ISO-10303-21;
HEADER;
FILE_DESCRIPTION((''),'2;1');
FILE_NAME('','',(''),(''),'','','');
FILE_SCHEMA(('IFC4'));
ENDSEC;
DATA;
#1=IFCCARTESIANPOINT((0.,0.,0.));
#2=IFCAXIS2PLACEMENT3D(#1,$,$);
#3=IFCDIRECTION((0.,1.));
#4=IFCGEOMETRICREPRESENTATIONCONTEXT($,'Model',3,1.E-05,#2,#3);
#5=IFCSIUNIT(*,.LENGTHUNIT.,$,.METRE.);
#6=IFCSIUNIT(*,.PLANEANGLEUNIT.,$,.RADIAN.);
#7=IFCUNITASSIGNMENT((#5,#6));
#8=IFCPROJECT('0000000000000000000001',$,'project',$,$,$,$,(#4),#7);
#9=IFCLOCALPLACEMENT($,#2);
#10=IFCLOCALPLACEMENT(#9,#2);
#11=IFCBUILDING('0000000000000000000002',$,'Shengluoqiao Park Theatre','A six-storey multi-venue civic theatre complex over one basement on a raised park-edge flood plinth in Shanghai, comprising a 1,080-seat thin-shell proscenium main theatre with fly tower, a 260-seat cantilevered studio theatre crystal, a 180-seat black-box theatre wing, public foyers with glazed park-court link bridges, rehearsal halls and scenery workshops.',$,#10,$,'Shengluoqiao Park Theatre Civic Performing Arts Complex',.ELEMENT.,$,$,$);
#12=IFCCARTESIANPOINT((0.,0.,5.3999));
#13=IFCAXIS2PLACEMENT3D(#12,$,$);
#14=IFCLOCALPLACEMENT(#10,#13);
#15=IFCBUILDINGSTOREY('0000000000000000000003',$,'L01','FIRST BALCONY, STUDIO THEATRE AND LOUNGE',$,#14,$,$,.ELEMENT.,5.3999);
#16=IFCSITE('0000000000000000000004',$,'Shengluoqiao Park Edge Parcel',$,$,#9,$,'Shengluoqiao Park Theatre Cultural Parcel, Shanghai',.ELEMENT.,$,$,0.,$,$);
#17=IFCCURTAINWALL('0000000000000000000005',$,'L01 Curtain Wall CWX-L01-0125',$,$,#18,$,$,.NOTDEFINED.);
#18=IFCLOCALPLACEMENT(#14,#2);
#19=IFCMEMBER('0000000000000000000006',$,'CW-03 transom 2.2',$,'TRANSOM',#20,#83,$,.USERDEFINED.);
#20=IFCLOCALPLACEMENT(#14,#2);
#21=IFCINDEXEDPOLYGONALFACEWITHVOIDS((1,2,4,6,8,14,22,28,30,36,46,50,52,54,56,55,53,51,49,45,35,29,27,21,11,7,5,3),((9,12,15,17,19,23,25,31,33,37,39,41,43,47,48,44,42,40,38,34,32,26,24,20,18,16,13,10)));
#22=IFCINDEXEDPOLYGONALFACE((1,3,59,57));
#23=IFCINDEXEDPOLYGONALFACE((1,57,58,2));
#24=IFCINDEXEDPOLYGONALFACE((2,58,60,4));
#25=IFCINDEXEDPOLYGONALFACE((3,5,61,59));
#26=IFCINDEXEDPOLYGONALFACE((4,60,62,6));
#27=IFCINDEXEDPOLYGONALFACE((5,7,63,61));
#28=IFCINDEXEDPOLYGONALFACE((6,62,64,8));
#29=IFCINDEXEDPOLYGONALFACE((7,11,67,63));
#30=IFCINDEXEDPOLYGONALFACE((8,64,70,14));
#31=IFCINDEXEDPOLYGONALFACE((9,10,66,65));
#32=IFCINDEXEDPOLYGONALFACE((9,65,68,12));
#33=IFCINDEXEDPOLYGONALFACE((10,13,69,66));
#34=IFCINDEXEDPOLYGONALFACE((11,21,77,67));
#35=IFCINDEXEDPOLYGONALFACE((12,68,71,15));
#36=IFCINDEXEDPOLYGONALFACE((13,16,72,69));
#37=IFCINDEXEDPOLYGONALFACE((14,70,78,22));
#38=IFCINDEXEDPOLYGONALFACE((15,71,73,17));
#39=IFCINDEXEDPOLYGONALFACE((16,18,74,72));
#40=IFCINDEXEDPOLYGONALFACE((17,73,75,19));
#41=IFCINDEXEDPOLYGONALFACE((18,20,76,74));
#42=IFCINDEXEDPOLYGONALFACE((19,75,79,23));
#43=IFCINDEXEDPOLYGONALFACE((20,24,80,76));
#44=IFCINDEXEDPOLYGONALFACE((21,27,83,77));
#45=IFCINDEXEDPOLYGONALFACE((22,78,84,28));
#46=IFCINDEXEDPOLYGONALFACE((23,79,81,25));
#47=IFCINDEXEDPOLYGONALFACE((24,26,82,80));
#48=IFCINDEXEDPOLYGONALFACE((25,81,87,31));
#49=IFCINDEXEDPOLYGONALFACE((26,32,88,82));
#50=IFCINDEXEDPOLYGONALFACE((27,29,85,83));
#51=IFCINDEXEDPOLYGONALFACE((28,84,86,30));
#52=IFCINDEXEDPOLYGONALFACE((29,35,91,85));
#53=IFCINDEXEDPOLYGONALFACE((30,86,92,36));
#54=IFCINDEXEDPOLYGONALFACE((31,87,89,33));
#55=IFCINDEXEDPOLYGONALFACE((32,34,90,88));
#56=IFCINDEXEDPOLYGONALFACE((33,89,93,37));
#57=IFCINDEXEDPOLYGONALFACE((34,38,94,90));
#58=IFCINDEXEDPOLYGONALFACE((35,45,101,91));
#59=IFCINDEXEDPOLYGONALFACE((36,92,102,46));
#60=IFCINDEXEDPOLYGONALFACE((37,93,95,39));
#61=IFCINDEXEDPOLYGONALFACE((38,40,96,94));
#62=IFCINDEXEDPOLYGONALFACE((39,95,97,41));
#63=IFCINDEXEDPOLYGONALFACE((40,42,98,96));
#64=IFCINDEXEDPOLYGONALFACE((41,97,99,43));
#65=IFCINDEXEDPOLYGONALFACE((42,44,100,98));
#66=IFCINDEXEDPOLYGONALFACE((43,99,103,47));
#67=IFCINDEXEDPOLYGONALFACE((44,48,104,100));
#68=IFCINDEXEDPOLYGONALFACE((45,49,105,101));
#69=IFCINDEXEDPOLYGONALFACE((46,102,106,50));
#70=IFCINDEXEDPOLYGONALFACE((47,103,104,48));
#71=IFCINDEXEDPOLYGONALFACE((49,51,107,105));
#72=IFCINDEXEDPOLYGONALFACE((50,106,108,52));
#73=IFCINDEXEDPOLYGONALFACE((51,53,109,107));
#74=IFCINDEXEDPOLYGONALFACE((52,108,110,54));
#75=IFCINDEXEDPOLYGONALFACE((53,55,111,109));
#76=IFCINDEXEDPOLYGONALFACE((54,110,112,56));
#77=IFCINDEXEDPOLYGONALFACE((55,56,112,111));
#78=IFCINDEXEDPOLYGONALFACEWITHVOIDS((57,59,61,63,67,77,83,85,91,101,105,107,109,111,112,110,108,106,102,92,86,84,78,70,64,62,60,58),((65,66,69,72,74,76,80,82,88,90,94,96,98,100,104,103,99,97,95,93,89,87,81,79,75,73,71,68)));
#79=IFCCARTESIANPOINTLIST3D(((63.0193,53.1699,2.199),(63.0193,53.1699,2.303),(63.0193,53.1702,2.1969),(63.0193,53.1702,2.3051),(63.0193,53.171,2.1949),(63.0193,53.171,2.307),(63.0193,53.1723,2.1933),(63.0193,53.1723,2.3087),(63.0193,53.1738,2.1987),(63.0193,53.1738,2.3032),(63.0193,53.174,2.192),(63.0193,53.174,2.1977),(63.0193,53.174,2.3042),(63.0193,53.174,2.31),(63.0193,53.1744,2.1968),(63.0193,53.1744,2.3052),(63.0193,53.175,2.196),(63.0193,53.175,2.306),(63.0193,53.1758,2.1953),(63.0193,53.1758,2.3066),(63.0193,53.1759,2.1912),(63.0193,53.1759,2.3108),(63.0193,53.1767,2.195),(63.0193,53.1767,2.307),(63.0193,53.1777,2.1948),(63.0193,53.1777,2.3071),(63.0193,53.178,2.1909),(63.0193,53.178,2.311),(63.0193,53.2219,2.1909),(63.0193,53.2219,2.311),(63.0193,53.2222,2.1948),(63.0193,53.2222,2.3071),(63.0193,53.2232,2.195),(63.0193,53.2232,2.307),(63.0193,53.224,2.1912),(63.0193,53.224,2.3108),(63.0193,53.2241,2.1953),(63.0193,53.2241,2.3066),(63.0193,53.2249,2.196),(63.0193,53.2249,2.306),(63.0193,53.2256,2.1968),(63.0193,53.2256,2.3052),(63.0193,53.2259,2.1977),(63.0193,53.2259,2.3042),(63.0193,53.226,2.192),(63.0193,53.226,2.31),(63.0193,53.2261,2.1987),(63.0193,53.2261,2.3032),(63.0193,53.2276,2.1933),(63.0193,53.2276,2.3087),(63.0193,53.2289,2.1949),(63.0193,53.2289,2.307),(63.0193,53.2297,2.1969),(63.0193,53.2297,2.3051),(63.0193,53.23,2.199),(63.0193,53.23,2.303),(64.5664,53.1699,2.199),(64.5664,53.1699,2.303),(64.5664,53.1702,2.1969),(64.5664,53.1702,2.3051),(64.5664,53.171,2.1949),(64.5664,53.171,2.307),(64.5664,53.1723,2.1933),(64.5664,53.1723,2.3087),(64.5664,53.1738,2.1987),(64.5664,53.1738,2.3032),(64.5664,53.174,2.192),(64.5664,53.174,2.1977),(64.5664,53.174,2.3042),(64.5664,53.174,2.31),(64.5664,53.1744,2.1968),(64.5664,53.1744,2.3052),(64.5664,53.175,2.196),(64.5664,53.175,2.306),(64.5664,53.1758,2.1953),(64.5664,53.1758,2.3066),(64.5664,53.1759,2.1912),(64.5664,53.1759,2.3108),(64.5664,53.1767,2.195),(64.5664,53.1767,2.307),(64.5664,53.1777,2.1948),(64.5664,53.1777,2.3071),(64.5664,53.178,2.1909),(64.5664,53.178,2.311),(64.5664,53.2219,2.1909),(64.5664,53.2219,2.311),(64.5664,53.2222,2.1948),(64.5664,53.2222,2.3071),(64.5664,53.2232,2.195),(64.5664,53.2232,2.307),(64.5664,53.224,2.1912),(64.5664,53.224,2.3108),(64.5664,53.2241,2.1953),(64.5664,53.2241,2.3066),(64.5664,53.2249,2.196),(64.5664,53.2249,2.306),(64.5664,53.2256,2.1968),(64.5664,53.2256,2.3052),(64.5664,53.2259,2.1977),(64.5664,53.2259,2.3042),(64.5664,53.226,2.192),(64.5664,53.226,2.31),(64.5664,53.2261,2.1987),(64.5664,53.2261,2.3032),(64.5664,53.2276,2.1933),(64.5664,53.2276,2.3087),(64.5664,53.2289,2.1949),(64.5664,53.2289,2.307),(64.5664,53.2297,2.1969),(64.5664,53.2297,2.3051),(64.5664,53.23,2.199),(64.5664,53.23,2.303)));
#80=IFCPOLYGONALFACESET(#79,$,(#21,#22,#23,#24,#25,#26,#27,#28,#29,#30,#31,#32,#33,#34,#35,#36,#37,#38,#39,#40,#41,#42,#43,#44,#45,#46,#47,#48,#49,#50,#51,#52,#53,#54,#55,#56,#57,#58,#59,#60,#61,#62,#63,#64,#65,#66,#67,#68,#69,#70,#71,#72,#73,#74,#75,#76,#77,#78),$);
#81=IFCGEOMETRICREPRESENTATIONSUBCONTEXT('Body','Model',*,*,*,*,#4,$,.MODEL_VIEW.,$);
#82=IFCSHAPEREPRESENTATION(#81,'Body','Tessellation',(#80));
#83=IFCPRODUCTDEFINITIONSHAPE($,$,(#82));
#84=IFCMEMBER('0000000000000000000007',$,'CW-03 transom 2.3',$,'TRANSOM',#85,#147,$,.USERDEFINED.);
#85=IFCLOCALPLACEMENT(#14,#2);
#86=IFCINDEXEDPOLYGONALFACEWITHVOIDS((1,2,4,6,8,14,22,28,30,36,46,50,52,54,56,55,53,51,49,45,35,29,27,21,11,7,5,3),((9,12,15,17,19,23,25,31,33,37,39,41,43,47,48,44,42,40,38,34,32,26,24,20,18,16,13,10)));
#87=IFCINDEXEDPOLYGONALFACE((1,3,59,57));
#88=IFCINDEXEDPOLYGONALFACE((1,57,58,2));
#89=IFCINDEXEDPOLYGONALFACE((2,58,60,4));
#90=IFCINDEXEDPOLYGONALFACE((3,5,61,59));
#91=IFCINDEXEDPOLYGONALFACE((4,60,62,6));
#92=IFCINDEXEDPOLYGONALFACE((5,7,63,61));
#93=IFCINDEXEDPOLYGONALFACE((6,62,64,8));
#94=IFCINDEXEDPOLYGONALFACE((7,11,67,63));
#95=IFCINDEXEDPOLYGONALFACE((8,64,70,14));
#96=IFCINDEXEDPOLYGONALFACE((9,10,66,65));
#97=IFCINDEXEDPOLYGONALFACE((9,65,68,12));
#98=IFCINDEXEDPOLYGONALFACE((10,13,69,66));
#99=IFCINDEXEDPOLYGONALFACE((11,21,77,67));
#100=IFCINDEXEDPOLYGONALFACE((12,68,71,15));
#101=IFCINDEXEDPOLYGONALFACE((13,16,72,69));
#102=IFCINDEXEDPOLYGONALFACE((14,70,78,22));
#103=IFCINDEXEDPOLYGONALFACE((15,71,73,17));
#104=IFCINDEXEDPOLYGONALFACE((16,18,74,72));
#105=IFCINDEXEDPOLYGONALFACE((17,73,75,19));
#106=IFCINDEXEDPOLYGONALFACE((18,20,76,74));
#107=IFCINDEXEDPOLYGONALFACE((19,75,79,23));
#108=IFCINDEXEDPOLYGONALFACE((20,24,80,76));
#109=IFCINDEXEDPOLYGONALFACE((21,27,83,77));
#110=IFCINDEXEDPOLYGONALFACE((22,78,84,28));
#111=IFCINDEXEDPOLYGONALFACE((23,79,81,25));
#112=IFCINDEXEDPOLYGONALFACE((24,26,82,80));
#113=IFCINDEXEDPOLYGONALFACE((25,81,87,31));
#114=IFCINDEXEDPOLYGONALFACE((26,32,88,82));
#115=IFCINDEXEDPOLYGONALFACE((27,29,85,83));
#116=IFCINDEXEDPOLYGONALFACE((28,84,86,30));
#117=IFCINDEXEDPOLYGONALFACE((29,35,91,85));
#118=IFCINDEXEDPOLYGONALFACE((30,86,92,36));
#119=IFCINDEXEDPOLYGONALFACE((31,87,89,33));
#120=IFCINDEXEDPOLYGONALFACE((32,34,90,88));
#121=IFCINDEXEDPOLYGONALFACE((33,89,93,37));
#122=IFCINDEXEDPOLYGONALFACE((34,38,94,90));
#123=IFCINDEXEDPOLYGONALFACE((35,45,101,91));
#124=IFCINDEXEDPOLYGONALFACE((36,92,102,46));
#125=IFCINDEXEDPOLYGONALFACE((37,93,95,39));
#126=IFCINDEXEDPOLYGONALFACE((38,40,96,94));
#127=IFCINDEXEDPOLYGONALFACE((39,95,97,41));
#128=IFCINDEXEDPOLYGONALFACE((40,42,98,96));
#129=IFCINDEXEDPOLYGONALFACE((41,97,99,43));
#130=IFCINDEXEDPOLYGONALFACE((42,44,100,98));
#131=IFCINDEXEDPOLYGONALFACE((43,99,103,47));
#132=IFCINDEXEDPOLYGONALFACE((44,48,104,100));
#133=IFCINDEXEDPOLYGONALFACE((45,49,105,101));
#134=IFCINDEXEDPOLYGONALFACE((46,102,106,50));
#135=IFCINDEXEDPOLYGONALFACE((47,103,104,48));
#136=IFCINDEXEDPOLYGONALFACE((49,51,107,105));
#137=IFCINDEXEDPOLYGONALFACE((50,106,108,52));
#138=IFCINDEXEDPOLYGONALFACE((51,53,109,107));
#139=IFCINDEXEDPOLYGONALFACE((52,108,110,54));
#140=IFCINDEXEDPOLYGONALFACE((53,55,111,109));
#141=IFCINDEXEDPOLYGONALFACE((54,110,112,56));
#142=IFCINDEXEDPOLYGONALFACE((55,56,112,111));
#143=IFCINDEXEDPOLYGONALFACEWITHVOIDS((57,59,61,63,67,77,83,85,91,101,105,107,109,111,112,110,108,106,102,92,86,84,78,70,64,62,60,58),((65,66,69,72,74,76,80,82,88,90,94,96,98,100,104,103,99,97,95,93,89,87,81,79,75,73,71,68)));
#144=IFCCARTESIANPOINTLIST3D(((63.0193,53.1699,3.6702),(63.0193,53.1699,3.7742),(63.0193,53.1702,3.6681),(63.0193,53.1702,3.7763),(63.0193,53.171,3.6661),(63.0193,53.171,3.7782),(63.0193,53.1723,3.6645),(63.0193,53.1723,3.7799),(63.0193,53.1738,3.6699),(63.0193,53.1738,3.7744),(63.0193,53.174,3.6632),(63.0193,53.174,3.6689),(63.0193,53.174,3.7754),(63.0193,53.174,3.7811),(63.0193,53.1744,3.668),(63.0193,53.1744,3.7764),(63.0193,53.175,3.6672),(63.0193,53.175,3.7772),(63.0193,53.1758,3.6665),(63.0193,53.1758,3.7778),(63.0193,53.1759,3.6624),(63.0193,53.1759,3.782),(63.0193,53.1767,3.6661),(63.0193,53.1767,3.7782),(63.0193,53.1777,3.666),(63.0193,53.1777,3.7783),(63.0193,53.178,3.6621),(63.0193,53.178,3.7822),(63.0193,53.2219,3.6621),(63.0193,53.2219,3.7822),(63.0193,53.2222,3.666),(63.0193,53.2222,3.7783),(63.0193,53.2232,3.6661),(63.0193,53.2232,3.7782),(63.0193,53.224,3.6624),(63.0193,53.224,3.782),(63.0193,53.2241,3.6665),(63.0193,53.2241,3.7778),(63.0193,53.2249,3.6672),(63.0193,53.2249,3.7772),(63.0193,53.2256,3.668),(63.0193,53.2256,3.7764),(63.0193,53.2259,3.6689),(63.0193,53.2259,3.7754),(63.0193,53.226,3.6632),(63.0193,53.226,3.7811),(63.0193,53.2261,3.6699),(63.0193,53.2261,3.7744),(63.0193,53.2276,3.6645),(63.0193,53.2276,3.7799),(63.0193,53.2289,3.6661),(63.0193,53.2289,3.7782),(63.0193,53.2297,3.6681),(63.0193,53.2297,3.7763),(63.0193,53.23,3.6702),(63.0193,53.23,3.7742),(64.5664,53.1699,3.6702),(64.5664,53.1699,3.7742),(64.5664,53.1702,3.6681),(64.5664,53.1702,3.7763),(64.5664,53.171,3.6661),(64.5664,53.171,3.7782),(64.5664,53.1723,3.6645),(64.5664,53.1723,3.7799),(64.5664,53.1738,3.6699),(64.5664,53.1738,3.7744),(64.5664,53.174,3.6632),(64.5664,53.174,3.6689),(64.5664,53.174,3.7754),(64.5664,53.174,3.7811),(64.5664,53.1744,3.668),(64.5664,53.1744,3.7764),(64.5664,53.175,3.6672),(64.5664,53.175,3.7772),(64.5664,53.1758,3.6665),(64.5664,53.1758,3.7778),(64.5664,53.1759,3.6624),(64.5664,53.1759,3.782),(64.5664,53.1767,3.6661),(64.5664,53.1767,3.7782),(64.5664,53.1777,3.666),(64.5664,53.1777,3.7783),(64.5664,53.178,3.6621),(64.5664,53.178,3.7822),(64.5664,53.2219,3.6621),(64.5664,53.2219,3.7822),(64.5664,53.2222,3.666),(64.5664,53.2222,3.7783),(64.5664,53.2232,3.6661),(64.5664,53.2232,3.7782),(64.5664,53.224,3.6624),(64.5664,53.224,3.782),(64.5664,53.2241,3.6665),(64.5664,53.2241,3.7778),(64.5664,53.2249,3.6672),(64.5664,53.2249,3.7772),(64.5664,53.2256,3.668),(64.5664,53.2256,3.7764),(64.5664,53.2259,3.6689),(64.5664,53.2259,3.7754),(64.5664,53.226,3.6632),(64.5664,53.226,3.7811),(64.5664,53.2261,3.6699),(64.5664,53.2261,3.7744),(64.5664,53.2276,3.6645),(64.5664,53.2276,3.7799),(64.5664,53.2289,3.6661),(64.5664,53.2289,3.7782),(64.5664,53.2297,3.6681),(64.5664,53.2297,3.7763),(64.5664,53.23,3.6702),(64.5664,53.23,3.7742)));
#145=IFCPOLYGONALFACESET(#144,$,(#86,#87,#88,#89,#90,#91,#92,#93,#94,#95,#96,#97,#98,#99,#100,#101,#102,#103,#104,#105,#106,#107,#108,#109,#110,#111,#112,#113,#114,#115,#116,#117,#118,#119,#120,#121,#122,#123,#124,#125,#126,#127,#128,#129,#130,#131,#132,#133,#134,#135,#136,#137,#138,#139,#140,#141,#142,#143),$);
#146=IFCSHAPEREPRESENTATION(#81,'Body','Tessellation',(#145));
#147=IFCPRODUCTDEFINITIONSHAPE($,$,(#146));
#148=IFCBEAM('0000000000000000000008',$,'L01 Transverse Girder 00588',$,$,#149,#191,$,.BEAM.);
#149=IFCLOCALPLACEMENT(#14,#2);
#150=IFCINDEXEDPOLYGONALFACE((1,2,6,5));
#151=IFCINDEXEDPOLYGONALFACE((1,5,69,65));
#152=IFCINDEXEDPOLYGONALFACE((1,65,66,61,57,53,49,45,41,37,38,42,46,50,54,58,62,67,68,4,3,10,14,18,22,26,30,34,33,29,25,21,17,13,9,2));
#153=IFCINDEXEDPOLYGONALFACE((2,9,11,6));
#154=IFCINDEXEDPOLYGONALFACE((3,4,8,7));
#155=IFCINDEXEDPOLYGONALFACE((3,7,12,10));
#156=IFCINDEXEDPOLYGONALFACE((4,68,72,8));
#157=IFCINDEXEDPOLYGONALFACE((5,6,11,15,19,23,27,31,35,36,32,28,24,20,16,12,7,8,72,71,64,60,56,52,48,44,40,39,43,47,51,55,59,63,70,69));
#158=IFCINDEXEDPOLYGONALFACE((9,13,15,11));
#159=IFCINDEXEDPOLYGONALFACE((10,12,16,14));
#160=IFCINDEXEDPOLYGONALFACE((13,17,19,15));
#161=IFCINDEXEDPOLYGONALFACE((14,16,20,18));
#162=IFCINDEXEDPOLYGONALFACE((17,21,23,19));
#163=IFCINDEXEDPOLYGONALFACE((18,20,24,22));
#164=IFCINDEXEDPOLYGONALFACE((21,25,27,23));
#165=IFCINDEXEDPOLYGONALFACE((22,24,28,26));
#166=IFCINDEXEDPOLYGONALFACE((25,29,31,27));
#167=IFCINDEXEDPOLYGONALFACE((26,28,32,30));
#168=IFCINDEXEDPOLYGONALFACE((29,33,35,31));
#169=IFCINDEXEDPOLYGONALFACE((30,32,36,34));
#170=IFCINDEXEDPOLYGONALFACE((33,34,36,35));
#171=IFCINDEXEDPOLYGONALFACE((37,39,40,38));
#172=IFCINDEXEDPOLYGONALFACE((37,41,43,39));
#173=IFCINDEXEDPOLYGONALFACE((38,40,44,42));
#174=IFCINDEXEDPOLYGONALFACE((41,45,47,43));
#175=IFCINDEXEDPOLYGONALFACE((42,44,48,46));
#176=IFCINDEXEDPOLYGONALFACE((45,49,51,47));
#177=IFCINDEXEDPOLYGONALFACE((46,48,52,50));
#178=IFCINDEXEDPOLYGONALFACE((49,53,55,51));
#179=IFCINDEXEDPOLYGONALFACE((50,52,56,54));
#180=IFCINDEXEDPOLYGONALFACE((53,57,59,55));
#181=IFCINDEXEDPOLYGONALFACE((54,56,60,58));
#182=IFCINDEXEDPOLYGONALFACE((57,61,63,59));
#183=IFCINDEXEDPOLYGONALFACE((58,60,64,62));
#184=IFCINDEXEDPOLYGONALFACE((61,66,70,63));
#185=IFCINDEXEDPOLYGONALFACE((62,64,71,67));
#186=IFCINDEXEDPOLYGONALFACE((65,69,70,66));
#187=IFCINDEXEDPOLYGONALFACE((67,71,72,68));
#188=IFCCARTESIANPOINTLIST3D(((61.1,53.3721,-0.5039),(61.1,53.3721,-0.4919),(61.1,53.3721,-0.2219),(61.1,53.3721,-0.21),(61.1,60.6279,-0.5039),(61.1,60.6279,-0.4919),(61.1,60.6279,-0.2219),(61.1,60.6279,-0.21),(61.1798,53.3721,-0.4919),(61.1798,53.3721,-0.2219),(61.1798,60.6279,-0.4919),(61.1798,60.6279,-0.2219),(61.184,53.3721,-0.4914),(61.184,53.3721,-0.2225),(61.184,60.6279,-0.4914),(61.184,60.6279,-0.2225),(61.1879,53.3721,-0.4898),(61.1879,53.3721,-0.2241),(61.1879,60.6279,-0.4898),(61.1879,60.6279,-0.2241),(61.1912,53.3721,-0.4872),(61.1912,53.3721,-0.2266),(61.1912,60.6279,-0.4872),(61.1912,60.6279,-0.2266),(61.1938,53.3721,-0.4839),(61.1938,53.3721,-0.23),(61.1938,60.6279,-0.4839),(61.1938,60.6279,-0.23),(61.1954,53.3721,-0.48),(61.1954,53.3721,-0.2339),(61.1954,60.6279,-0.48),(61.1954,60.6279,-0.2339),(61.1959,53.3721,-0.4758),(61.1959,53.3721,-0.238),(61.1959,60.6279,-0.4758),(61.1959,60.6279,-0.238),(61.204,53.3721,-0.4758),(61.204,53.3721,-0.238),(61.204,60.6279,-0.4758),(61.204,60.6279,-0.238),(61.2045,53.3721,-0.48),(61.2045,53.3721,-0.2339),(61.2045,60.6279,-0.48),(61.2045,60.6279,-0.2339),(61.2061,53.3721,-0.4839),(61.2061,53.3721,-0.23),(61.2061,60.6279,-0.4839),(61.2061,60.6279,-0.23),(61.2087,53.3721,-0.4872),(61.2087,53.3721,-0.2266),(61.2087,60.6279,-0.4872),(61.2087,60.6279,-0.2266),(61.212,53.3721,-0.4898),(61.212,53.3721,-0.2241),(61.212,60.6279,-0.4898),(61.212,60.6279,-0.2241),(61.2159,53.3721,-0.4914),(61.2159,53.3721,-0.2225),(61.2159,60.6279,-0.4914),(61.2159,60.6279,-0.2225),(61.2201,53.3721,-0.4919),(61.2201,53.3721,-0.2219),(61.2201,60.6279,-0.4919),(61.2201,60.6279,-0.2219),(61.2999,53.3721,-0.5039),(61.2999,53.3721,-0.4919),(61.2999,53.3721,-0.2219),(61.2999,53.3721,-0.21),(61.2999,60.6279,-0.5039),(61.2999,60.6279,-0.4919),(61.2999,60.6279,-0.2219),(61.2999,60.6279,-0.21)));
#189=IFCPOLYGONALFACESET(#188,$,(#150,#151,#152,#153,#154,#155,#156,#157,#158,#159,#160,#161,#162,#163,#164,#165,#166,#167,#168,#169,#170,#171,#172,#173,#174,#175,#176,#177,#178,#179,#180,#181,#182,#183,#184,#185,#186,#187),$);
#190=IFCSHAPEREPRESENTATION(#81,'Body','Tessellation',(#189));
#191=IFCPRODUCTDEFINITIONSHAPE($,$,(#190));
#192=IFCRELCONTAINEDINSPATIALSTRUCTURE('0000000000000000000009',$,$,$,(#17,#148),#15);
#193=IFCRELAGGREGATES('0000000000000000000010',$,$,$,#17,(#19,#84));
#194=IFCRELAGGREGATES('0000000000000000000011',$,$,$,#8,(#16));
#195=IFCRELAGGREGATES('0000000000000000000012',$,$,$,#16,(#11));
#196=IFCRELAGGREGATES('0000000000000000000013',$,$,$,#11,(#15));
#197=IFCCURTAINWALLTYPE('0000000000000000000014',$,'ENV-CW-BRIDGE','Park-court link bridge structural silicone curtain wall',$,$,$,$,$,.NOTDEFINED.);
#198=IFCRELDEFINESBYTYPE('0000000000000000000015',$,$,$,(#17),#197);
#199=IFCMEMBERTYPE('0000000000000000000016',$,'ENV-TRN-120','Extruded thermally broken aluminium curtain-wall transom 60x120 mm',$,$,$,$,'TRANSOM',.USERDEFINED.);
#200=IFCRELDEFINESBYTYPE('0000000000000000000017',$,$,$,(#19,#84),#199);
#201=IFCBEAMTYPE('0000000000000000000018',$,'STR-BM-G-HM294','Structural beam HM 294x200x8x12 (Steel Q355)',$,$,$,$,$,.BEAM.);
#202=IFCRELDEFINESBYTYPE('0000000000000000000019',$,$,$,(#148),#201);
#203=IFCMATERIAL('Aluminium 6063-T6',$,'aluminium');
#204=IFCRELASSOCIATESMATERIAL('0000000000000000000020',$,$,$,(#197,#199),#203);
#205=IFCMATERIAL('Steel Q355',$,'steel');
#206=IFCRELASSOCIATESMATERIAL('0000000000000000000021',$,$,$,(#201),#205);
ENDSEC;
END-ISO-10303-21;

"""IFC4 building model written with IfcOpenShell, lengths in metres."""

from ifc_helpers import new_model, si_unit, direction, frame, origin, origin_2d, place, context, subcontext, project, spatial, hollow_rectangle, i_section, extrude, material, material_profile, profile_set, type_object, element, aggregate, save


model = new_model("IFC4")

# Units and contexts
model_context = context("Model", 3, precision=1e-05, world=origin(), true_north=direction((0.0, 1.0)))
body_context = subcontext(model_context, "Body", "Model", "MODEL_VIEW")
ifc_project = project(units=[si_unit("LENGTHUNIT", "METRE"), si_unit("PLANEANGLEUNIT", "RADIAN")], contexts=[model_context])

# Site, building, storey
site_placement = place(None, origin())
site = spatial("IfcSite", under=ifc_project, at=site_placement, Name="Shengluoqiao Park Edge Parcel", LongName="Shengluoqiao Park Theatre Cultural Parcel, Shanghai", CompositionType="ELEMENT", RefElevation=0.0)
building_placement = place(site_placement, origin())
building = spatial("IfcBuilding", under=site, at=building_placement, Name="Shengluoqiao Park Theatre", Description="A six-storey multi-venue civic theatre complex over one basement on a raised park-edge flood plinth in Shanghai, comprising a 1,080-seat thin-shell proscenium main theatre with fly tower, a 260-seat cantilevered studio theatre crystal, a 180-seat black-box theatre wing, public foyers with glazed park-court link bridges, rehearsal halls and scenery workshops.", LongName="Shengluoqiao Park Theatre Civic Performing Arts Complex", CompositionType="ELEMENT")
storey_placement = place(building_placement, frame((0.0, 0.0, 5.3999)))
storey = spatial("IfcBuildingStorey", under=building, at=storey_placement, Name="L01", Description="FIRST BALCONY, STUDIO THEATRE AND LOUNGE", CompositionType="ELEMENT", Elevation=5.3999)

# Shared definitions
ifc_material_1 = material(Name="Steel Q355", Category="steel")

# Curtain wall
ifc_material_2 = material(Name="Aluminium 6063-T6", Category="aluminium")
curtain_wall_type = type_object("IfcCurtainWallType", Name="ENV-CW-BRIDGE", Description="Park-court link bridge structural silicone curtain wall", PredefinedType="NOTDEFINED", material=ifc_material_2)
curtain_wall_1_placement = place(storey_placement, origin())
curtain_wall_1 = element("IfcCurtainWall", 1, at=curtain_wall_1_placement, inside=storey, type_object=curtain_wall_type, Name="L01 Curtain Wall CWX-L01-0125", PredefinedType="NOTDEFINED")

# Members
ifc_material_profile_1 = material_profile(ifc_material_2, hollow_rectangle(XDim=0.0601, YDim=0.1201, WallThickness=0.0039, InnerFilletRadius=0.0039, OuterFilletRadius=0.0081, at=origin_2d()), Name="ALU TRANSOM 120x60x4")
ifc_profile_set_1 = profile_set([ifc_material_profile_1], Name="Aluminium 6063-T6")
member_type_1 = type_object("IfcMemberType", Name="ENV-TRN-120", Description="Extruded thermally broken aluminium curtain-wall transom 60x120 mm", ElementType="TRANSOM", PredefinedType="USERDEFINED", material=ifc_profile_set_1)
member_1_placement = place(storey_placement, frame((63.0193, 53.2, 2.251), z_axis=(1.0, 0.0, 0.0), x_axis=(0.0, 1.0, 0.0)))
member_1 = element("IfcMember", 2, at=member_1_placement, type_object=member_type_1, Name="CW-03 transom 2.2", ObjectType="TRANSOM", PredefinedType="USERDEFINED", context=body_context, shape_type="SweptSolid", body=[
    extrude(hollow_rectangle(XDim=0.0601, YDim=0.1201, WallThickness=0.0039, InnerFilletRadius=0.0039, OuterFilletRadius=0.0081, at=origin_2d()), origin(), (0.0, 0.0, 1.0), 1.5471),
])
member_2_placement = place(storey_placement, frame((63.0193, 53.2, 3.7222), z_axis=(1.0, 0.0, 0.0), x_axis=(0.0, 1.0, 0.0)))
member_2 = element("IfcMember", 3, at=member_2_placement, type_object=member_type_1, Name="CW-03 transom 2.3", ObjectType="TRANSOM", PredefinedType="USERDEFINED", context=body_context, shape_type="SweptSolid", body=[
    extrude(hollow_rectangle(XDim=0.0601, YDim=0.1201, WallThickness=0.0039, InnerFilletRadius=0.0039, OuterFilletRadius=0.0081, at=origin_2d()), origin(), (0.0, 0.0, 1.0), 1.5471),
])

# Beam
ifc_material_profile_2 = material_profile(ifc_material_1, i_section(OverallWidth=0.2, OverallDepth=0.2939, WebThickness=0.0081, FlangeThickness=0.012, FilletRadius=0.0161, at=origin_2d()), Name="HM 294x200x8x12")
ifc_profile_set_2 = profile_set([ifc_material_profile_2], Name="Steel Q355")
beam_type_1 = type_object("IfcBeamType", Name="STR-BM-G-HM294", Description="Structural beam HM 294x200x8x12 (Steel Q355)", PredefinedType="BEAM", material=ifc_profile_set_2)
beam_1_placement = place(storey_placement, frame((61.2, 53.3721, -0.3569), z_axis=(0.0, 1.0, 0.0), x_axis=(-1.0, 0.0, 0.0)))
element("IfcBeam", 4, at=beam_1_placement, inside=storey, type_object=beam_type_1, Name="L01 Transverse Girder 00588", PredefinedType="BEAM", context=body_context, shape_type="SweptSolid", body=[
    extrude(i_section(OverallWidth=0.2, OverallDepth=0.2939, WebThickness=0.0081, FlangeThickness=0.012, FilletRadius=0.0161, at=origin_2d()), origin(), (0.0, 0.0, 1.0), 7.2559),
])

aggregate(curtain_wall_1, [member_1, member_2])

save(model, "model.ifc")
